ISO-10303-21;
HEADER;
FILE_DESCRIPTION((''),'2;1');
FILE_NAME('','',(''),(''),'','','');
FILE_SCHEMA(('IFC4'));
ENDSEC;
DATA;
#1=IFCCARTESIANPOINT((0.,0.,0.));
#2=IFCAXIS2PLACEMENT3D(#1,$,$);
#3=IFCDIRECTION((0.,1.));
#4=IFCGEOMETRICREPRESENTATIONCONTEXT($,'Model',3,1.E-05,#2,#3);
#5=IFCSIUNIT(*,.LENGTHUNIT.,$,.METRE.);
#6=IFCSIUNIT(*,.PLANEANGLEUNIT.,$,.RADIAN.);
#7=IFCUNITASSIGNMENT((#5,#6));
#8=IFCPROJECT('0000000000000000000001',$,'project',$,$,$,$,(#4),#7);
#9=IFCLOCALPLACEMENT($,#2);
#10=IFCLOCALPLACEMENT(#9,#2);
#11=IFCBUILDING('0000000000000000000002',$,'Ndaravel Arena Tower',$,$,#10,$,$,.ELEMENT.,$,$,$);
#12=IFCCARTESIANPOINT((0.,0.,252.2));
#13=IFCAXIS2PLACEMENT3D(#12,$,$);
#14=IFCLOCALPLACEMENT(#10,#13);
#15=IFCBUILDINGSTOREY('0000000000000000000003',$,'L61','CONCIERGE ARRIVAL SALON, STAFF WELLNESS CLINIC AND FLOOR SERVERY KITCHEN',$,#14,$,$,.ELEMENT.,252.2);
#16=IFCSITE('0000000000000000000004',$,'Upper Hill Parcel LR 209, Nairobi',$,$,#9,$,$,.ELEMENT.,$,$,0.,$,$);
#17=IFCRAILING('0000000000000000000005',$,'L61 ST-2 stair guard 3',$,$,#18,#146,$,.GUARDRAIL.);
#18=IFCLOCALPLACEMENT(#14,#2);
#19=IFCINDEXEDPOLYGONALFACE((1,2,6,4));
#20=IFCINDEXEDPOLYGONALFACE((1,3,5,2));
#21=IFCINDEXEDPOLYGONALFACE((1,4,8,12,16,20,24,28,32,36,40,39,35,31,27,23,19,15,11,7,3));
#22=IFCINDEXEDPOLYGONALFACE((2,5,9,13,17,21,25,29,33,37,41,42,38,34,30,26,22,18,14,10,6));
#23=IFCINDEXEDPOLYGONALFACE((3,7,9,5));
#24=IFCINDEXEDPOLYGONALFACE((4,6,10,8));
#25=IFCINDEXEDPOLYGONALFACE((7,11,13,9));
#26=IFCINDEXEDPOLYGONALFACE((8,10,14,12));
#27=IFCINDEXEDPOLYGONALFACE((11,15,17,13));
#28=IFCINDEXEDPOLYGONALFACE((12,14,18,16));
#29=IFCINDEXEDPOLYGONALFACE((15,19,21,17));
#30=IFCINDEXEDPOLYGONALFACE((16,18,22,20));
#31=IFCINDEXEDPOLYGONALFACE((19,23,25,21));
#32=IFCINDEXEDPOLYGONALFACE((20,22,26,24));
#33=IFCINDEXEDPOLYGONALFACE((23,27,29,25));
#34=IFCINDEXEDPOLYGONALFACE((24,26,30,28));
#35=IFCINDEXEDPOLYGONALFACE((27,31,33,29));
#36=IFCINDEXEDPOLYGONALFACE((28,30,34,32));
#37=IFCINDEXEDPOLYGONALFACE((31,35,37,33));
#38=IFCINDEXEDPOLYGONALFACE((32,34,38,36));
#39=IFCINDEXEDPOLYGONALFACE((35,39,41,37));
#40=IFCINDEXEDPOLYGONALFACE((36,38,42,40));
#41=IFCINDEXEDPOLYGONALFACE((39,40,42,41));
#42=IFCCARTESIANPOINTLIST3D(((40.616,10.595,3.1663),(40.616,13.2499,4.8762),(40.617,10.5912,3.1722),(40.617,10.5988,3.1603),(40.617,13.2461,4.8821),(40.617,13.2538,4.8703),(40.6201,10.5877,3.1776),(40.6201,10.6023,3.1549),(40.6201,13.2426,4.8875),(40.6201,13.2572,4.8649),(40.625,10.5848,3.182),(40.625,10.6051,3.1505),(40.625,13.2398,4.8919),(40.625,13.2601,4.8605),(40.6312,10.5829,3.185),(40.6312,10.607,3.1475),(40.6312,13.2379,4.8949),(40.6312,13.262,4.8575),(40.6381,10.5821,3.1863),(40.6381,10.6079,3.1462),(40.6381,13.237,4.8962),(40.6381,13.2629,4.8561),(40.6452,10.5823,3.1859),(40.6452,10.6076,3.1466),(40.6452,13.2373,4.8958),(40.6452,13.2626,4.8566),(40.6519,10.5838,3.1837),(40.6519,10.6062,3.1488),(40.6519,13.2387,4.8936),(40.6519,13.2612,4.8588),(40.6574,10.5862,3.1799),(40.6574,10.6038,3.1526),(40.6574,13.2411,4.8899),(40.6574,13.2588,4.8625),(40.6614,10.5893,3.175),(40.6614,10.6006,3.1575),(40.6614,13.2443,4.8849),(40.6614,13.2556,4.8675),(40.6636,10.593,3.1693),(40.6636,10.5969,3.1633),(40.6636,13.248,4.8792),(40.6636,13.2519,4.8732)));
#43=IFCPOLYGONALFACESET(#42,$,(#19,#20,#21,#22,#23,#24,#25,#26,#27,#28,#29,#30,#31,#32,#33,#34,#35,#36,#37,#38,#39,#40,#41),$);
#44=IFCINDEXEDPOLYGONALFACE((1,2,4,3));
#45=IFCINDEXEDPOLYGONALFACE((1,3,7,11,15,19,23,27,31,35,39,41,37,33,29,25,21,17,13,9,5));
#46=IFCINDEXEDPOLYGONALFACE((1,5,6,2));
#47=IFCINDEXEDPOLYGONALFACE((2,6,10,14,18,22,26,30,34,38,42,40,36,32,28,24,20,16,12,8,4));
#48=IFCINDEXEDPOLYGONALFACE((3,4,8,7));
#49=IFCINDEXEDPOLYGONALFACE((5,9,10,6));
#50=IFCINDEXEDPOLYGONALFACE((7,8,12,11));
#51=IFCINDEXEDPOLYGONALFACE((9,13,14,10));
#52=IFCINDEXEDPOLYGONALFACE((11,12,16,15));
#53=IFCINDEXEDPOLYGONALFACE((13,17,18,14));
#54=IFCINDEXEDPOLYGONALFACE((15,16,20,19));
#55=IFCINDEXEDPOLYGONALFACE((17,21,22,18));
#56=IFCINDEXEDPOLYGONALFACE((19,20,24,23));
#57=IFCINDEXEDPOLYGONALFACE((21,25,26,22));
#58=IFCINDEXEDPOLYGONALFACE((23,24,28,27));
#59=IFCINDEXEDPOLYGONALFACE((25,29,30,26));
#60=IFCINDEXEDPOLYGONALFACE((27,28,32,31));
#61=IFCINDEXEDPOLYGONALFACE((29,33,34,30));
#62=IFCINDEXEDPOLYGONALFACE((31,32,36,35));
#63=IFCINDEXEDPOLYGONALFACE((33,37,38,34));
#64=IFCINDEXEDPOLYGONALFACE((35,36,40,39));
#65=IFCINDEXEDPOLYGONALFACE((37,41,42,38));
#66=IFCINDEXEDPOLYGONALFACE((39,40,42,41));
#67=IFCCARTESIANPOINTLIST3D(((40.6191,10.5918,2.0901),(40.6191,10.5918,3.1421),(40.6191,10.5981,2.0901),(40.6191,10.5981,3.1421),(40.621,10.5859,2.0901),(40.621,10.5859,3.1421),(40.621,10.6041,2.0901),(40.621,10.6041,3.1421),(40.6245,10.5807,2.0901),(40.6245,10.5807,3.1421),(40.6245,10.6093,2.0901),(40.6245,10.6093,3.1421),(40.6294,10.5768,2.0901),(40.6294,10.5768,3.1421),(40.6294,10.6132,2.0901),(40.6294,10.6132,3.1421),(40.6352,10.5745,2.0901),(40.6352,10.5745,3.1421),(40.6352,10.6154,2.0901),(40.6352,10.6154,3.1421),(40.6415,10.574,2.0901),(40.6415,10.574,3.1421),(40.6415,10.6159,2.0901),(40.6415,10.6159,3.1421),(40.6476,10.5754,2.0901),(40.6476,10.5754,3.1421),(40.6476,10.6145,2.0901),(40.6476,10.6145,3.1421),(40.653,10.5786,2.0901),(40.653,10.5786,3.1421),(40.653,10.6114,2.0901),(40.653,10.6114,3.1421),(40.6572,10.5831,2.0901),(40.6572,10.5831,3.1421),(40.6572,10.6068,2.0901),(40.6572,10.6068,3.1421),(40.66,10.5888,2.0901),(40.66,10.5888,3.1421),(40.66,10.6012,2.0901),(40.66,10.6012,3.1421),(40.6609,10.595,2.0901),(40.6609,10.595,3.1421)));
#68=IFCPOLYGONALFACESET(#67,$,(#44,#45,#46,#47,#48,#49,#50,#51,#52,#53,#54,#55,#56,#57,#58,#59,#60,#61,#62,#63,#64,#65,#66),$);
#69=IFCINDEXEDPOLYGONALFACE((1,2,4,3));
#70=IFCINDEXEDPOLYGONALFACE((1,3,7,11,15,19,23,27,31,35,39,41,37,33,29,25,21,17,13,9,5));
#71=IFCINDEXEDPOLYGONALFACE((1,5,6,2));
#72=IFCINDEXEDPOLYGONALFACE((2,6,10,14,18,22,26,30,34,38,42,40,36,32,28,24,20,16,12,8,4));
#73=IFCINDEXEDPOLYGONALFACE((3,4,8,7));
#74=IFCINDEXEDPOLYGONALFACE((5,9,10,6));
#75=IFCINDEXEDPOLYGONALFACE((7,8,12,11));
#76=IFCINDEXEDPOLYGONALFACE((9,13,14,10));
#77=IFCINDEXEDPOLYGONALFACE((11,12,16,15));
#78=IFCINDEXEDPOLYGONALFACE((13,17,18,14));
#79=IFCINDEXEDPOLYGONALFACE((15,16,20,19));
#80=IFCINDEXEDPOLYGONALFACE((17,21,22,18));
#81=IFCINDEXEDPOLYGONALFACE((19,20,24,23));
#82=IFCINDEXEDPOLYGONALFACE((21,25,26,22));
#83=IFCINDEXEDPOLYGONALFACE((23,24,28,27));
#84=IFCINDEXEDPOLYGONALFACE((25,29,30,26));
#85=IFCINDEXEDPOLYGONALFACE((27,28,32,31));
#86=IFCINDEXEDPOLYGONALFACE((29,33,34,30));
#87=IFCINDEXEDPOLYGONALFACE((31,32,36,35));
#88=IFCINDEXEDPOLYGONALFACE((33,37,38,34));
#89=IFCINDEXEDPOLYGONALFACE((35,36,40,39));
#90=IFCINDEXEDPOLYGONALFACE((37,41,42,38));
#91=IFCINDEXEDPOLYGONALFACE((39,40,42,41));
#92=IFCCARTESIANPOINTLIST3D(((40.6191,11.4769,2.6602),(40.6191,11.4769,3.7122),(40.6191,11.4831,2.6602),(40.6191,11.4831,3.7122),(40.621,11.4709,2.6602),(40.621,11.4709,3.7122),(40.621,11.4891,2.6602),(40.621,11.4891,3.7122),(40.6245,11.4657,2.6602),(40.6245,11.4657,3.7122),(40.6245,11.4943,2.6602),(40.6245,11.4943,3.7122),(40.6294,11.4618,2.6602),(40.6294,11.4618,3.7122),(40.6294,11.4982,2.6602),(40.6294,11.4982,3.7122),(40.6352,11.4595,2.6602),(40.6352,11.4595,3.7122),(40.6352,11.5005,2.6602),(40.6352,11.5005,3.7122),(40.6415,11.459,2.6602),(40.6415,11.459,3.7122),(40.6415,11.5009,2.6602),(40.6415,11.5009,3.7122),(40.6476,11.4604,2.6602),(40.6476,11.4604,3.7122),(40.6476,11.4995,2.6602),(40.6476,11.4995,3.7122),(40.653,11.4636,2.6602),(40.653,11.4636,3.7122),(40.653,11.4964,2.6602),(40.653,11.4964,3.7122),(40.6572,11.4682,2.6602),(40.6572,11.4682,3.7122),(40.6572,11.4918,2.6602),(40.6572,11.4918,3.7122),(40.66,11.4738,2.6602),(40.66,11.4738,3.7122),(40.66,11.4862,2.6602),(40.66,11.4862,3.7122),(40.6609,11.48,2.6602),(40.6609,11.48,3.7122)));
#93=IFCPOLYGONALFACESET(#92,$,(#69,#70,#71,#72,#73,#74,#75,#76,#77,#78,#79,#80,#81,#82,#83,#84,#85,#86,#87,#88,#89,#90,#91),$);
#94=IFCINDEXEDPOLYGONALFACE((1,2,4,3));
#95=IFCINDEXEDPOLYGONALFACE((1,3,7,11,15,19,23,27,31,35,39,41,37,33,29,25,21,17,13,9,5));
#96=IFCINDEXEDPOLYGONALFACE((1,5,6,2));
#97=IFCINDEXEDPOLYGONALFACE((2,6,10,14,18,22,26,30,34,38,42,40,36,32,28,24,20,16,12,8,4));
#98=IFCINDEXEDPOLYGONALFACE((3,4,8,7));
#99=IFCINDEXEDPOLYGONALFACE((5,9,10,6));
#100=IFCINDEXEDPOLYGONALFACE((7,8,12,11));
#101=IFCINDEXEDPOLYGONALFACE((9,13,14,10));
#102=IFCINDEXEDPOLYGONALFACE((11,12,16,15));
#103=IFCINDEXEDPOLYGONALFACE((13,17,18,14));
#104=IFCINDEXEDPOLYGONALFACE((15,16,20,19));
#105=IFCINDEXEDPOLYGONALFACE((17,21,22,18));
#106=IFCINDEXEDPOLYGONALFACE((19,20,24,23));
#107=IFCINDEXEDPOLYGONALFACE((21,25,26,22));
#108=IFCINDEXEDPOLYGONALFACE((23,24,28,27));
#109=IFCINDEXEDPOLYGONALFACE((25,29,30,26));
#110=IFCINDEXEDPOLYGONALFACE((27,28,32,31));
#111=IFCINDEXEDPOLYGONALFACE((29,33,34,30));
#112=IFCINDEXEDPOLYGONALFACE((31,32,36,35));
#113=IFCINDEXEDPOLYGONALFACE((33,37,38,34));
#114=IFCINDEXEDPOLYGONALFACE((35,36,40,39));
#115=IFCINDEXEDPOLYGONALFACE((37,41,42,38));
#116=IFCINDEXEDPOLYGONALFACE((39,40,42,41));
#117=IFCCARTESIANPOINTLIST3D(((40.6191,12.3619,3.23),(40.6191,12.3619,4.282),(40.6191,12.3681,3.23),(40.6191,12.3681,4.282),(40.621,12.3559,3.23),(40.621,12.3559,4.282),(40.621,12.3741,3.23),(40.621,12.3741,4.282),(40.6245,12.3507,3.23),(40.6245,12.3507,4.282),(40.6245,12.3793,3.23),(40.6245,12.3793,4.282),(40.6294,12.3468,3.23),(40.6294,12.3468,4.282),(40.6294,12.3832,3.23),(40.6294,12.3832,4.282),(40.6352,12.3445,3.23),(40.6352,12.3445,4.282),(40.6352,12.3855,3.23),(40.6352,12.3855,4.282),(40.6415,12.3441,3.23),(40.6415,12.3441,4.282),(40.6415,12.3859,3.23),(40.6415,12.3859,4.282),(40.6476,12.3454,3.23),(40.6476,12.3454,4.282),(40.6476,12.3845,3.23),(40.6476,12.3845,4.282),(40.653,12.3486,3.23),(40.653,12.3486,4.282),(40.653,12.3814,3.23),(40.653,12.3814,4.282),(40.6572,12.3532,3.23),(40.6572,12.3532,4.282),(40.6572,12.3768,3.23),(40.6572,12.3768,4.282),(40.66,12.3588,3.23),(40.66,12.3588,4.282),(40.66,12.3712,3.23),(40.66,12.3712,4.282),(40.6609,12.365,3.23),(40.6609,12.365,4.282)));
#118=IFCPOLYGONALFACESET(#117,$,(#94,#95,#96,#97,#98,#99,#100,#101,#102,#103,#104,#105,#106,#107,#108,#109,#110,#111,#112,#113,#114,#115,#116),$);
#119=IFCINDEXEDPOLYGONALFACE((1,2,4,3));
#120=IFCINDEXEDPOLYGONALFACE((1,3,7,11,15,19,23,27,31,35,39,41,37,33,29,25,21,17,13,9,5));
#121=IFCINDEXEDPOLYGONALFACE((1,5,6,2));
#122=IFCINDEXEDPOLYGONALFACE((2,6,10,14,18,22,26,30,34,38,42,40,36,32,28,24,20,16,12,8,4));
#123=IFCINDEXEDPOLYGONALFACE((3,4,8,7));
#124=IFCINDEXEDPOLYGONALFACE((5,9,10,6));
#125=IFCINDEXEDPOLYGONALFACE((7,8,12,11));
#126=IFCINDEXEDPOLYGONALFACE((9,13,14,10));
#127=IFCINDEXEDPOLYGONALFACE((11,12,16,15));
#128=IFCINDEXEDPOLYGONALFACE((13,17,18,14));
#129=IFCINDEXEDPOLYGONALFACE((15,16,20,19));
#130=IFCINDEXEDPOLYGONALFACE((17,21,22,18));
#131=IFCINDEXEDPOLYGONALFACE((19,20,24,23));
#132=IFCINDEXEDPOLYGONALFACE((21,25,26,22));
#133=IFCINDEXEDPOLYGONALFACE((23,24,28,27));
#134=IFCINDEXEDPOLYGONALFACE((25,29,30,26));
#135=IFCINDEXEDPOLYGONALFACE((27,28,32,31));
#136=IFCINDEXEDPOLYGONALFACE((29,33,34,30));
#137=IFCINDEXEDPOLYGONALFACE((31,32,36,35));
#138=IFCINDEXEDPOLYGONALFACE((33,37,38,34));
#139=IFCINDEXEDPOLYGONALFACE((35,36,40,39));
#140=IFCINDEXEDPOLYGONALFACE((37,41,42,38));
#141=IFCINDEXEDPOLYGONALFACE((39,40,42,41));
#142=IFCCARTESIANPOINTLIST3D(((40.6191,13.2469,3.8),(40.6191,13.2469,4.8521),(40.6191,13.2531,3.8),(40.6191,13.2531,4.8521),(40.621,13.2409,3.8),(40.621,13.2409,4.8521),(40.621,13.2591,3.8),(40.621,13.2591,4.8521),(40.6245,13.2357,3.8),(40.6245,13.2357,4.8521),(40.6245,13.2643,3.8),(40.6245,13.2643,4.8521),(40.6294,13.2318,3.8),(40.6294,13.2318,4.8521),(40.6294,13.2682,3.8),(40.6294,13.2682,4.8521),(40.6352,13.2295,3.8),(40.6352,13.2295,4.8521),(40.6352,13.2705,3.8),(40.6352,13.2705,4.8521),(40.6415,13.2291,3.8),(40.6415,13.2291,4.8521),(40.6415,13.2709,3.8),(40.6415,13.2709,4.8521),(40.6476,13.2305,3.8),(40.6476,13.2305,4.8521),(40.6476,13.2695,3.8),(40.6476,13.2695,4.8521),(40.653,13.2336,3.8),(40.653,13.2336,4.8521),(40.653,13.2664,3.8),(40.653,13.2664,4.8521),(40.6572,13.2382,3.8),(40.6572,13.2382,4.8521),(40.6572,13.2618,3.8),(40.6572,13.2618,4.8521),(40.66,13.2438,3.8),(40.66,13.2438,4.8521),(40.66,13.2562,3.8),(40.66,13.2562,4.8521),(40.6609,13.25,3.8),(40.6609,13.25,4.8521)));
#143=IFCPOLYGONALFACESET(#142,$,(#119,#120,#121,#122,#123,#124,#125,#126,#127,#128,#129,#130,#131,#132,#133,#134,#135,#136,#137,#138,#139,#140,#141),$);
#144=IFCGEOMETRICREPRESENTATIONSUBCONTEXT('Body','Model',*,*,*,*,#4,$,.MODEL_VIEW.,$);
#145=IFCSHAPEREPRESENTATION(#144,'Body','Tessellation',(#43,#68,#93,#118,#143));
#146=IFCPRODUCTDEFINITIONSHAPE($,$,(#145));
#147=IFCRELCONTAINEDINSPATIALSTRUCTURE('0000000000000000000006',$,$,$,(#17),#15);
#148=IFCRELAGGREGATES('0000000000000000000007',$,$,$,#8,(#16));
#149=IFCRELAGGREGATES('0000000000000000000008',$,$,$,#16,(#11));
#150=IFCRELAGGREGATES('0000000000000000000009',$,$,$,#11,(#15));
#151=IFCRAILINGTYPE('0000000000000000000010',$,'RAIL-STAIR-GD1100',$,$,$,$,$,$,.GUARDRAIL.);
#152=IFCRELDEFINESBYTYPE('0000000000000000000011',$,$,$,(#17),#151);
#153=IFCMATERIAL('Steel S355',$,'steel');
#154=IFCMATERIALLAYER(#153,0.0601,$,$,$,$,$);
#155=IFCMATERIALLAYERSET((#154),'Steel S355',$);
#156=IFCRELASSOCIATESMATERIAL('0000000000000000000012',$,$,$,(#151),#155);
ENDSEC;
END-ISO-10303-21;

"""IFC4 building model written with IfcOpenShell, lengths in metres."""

from ifc_helpers import new_model, si_unit, direction, frame, origin, origin_2d, place, context, subcontext, project, spatial, circle, extrude, material, layer, layer_set, type_object, element, save


model = new_model("IFC4")

# Units and contexts
model_context = context("Model", 3, precision=1e-05, world=origin(), true_north=direction((0.0, 1.0)))
body_context = subcontext(model_context, "Body", "Model", "MODEL_VIEW")
ifc_project = project(units=[si_unit("LENGTHUNIT", "METRE"), si_unit("PLANEANGLEUNIT", "RADIAN")], contexts=[model_context])

# Site, building, storey
site_placement = place(None, origin())
site = spatial("IfcSite", under=ifc_project, at=site_placement, Name="Upper Hill Parcel LR 209, Nairobi", CompositionType="ELEMENT", RefElevation=0.0)
building_placement = place(site_placement, origin())
building = spatial("IfcBuilding", under=site, at=building_placement, Name="Ndaravel Arena Tower", CompositionType="ELEMENT")
storey_placement = place(building_placement, frame((0.0, 0.0, 252.2)))
storey = spatial("IfcBuildingStorey", under=building, at=storey_placement, Name="L61", Description="CONCIERGE ARRIVAL SALON, STAFF WELLNESS CLINIC AND FLOOR SERVERY KITCHEN", CompositionType="ELEMENT", Elevation=252.2)

# Railing
ifc_material_1 = material(Name="Steel S355", Category="steel")
ifc_layer_1 = layer(ifc_material_1, 0.0601)
ifc_layer_set_1 = layer_set([ifc_layer_1], Name="Steel S355")
railing_type_1 = type_object("IfcRailingType", Name="RAIL-STAIR-GD1100", PredefinedType="GUARDRAIL", material=ifc_layer_set_1)
railing_1_placement = place(storey_placement, frame((40.6399, 10.595, 2.0901)))
element("IfcRailing", 1, at=railing_1_placement, inside=storey, type_object=railing_type_1, Name="L61 ST-2 stair guard 3", PredefinedType="GUARDRAIL", context=body_context, shape_type="SweptSolid", body=[
    extrude(circle(Radius=0.0239, at=origin_2d()), frame((0.0, 0.0, 1.0762), z_axis=(0.0, 0.840724, 0.541465), x_axis=(-1.0, 0.0, 0.0)), (0.0, 0.0, 1.0), 3.158),
    extrude(circle(Radius=0.021, at=origin_2d()), origin(), (0.0, 0.0, 1.0), 1.052),
    extrude(circle(Radius=0.021, at=origin_2d()), frame((0.0, 0.885, 0.5701)), (0.0, 0.0, 1.0), 1.052),
    extrude(circle(Radius=0.021, at=origin_2d()), frame((0.0, 1.77, 1.1399)), (0.0, 0.0, 1.0), 1.052),
    extrude(circle(Radius=0.021, at=origin_2d()), frame((0.0, 2.655, 1.71)), (0.0, 0.0, 1.0), 1.052),
])

save(model, "model.ifc")
